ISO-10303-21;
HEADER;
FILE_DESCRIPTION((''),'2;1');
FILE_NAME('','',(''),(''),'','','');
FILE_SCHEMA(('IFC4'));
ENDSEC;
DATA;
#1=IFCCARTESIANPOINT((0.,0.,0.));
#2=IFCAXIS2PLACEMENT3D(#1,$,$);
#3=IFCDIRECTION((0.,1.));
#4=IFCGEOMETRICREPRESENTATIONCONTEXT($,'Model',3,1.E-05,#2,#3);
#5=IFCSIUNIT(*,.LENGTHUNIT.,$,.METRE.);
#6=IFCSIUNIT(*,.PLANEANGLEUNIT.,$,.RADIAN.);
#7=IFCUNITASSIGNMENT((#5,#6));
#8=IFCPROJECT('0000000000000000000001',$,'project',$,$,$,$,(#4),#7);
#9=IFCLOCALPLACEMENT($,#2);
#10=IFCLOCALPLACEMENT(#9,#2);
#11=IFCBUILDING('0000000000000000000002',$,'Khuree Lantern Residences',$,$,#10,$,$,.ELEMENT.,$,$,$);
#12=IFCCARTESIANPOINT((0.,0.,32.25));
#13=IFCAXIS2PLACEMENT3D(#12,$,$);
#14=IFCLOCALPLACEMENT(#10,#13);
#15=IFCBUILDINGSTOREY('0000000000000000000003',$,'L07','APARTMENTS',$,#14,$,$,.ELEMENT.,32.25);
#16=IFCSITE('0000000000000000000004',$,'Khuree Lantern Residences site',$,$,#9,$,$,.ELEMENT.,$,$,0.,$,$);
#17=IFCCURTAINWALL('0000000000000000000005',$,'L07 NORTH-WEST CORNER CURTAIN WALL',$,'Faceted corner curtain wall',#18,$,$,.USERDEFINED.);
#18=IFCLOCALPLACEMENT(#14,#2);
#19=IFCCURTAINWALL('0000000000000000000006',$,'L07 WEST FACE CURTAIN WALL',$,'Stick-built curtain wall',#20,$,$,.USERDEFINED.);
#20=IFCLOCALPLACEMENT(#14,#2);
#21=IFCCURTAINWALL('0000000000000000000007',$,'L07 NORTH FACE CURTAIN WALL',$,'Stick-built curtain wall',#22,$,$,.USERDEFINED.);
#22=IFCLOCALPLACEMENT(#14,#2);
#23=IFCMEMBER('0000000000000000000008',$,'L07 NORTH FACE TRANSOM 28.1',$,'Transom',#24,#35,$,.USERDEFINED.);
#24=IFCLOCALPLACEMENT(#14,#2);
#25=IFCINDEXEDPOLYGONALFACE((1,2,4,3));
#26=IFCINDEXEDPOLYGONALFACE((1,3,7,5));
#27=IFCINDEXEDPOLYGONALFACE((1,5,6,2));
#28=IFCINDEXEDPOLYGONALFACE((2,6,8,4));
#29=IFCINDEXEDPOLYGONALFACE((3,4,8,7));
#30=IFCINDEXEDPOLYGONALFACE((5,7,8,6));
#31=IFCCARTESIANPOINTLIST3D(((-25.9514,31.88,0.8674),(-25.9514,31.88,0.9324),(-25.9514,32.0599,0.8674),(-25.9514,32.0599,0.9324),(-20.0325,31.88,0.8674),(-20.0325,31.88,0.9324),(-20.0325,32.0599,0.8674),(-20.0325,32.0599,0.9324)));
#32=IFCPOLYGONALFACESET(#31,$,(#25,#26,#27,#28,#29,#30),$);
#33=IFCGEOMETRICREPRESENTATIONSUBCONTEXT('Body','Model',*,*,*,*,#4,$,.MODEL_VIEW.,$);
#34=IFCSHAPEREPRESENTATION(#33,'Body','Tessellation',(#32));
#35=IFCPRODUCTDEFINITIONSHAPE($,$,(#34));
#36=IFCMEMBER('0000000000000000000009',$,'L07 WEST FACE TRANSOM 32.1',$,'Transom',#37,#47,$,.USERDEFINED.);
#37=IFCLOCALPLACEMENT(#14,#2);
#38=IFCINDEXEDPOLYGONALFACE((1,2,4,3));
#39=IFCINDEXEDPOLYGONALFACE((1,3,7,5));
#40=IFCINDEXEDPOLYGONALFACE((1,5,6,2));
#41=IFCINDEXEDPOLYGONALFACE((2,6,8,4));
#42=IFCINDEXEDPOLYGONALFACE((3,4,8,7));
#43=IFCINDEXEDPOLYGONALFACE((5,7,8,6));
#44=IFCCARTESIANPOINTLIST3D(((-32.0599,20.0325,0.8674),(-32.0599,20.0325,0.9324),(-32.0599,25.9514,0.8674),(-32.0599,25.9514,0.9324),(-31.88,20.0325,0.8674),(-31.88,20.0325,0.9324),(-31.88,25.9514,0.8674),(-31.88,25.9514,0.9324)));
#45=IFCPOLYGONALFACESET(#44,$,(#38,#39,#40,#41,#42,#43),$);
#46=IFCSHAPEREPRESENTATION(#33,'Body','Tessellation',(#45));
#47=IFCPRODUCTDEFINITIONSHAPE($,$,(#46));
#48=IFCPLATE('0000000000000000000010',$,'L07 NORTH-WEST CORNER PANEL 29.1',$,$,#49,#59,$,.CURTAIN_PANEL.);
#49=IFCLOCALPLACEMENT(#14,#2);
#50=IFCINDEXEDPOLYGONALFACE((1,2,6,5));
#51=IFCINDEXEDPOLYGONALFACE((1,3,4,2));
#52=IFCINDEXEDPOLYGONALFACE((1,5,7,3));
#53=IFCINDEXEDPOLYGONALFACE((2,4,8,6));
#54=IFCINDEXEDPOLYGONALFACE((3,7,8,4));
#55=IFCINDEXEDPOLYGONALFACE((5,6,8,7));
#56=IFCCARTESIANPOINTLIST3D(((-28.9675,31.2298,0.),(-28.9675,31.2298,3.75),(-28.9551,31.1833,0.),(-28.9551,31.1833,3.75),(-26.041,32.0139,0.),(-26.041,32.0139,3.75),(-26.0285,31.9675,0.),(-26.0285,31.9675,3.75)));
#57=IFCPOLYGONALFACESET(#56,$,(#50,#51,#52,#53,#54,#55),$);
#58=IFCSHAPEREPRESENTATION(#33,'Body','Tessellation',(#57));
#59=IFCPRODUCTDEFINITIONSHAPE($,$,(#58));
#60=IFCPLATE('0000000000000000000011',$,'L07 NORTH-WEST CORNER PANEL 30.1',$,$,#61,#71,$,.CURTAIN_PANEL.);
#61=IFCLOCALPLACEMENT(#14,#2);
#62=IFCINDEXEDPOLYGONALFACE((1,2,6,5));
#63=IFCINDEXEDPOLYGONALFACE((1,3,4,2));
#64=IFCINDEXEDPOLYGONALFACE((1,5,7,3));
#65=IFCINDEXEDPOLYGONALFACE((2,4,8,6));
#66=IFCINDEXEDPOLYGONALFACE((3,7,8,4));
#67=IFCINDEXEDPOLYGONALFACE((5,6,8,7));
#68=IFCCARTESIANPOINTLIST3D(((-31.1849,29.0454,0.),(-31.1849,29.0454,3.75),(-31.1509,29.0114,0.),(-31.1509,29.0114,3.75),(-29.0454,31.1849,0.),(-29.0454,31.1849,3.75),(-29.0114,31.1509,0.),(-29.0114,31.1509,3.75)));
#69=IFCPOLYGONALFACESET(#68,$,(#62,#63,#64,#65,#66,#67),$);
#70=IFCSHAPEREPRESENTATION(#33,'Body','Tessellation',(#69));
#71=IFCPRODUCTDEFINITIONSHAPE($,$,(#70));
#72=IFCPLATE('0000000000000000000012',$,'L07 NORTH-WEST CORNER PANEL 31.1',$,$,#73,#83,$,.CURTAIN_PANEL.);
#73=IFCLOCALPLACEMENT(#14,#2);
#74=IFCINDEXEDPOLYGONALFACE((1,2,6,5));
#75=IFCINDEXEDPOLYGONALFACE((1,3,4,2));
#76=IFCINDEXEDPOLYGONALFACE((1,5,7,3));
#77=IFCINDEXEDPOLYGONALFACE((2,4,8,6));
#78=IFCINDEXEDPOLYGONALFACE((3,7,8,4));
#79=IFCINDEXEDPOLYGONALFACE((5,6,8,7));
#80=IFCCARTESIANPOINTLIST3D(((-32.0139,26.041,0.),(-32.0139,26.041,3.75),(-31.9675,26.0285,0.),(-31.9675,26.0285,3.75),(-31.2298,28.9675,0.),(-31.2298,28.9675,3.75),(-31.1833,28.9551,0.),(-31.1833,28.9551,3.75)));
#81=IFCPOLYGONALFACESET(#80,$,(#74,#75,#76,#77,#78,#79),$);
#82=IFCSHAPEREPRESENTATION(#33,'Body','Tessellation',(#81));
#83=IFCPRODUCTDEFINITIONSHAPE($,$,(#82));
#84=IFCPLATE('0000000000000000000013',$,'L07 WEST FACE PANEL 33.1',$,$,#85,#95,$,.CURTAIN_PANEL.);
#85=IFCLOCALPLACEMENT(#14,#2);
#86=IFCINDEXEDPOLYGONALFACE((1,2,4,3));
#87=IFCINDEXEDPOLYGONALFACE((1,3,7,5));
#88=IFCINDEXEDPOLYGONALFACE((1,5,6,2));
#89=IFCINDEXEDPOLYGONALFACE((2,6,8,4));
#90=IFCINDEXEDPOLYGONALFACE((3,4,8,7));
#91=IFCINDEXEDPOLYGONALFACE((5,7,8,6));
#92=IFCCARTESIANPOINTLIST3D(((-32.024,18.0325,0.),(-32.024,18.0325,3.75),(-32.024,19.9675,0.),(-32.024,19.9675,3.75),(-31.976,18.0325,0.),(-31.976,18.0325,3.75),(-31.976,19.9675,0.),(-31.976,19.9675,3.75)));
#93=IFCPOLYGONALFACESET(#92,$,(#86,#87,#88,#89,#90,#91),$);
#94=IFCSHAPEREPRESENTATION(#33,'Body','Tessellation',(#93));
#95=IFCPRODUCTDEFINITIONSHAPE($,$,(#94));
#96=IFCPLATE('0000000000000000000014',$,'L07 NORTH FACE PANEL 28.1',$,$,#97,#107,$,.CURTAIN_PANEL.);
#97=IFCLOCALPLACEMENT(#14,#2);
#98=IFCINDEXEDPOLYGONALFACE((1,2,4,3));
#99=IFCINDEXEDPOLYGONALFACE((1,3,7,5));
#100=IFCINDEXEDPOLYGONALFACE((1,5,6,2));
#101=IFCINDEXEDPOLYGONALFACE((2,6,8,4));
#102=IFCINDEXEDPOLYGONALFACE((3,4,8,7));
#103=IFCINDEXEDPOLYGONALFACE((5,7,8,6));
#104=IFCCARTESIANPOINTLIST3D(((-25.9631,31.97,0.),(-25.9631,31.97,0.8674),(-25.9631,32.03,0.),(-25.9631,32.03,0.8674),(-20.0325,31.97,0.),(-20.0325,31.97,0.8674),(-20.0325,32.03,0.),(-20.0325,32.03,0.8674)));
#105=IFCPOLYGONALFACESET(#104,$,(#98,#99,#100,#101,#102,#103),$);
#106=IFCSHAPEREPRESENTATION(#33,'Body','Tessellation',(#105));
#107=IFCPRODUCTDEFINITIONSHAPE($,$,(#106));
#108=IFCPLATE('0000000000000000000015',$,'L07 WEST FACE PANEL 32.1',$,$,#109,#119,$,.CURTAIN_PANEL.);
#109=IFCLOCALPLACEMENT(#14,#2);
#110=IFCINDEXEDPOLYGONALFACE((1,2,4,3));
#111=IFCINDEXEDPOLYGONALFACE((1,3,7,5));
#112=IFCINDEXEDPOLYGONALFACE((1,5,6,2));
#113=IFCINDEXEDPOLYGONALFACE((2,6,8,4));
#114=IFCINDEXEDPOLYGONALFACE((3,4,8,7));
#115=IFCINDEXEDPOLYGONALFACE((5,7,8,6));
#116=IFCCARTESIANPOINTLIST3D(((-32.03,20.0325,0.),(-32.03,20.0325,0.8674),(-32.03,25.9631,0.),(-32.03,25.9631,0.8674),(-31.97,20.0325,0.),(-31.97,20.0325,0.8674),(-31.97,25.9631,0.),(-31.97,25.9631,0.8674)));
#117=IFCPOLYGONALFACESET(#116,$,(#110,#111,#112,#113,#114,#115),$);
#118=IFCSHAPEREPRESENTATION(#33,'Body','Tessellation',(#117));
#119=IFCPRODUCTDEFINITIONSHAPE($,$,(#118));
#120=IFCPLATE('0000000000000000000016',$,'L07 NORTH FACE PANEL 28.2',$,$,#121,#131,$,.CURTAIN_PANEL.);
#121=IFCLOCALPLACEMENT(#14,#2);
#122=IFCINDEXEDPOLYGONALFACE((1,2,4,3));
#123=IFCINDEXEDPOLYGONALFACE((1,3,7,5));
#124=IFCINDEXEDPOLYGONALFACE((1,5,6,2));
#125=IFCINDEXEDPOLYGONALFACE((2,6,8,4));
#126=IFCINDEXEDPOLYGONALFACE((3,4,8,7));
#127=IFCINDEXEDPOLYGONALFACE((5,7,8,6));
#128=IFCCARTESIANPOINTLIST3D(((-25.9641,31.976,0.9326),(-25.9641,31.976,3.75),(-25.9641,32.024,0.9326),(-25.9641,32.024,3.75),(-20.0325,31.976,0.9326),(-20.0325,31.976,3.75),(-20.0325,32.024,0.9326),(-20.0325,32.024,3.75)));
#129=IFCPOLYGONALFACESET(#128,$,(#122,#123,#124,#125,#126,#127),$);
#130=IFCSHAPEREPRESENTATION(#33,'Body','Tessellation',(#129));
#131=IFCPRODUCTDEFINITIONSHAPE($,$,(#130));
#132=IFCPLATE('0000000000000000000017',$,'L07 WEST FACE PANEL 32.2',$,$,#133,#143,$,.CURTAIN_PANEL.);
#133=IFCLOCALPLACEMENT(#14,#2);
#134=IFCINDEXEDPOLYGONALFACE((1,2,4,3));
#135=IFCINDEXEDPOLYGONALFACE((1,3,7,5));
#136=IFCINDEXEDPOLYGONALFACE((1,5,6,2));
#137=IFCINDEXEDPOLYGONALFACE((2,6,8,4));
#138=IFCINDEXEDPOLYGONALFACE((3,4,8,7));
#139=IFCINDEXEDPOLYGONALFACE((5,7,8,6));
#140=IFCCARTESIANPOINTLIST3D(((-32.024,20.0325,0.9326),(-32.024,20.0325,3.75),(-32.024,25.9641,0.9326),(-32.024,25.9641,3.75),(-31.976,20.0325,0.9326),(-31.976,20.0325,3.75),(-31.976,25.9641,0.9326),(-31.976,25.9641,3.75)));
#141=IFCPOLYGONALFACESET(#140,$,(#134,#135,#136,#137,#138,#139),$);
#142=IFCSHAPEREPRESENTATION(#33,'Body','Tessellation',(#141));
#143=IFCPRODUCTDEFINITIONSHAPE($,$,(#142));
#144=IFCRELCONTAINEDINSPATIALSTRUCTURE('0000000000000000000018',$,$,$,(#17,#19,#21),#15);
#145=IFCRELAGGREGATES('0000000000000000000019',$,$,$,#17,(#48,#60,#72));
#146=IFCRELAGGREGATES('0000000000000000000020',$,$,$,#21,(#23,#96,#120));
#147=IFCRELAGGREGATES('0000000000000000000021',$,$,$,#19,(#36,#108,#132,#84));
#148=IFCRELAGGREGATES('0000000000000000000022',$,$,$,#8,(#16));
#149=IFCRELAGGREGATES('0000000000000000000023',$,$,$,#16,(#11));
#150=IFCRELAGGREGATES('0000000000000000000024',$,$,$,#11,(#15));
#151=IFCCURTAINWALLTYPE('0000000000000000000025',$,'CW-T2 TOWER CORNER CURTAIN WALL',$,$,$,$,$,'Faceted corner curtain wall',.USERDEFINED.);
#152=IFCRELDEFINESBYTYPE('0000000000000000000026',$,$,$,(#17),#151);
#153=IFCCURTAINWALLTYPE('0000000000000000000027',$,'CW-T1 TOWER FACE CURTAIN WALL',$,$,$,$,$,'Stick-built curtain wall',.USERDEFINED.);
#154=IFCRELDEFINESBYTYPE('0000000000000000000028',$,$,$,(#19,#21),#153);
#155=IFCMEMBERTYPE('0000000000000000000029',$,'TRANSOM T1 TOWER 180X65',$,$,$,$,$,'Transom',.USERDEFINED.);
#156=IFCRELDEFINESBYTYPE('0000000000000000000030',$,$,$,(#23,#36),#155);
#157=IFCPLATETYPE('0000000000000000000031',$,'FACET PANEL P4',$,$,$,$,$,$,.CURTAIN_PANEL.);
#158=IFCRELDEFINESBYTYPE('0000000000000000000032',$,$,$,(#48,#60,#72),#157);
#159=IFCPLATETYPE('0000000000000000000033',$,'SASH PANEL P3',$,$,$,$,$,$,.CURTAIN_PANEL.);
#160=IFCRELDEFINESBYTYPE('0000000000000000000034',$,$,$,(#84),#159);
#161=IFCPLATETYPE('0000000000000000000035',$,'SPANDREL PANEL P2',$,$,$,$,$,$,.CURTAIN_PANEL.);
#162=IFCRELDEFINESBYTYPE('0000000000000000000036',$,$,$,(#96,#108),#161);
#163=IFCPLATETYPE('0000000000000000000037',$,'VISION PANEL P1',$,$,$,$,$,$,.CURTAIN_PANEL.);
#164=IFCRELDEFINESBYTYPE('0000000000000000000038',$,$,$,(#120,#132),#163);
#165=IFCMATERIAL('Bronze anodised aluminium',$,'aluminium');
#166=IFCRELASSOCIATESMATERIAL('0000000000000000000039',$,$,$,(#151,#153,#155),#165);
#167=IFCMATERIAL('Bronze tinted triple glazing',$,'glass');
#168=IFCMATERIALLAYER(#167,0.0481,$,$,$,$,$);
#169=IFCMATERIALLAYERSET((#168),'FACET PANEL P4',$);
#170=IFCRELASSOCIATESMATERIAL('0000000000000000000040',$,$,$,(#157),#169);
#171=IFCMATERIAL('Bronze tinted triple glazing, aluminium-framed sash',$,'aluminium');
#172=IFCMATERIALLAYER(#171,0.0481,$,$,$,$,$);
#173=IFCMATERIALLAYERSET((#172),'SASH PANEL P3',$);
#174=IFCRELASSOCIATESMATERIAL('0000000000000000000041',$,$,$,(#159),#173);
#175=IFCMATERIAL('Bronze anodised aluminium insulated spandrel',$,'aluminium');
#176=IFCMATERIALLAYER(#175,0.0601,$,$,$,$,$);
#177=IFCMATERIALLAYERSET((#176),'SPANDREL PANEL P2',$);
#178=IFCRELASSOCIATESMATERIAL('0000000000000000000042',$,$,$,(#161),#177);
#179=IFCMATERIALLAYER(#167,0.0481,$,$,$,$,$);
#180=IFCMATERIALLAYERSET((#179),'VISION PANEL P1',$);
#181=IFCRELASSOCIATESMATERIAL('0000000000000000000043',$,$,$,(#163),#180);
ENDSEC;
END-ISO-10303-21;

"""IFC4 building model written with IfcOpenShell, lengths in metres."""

from ifc_helpers import new_model, si_unit, direction, frame, origin, origin_2d, place, context, subcontext, project, spatial, rectangle, extrude, material, layer, layer_set, material_profile, profile_set, type_object, element, aggregate, save


model = new_model("IFC4")

# Units and contexts
model_context = context("Model", 3, precision=1e-05, world=origin(), true_north=direction((0.0, 1.0)))
body_context = subcontext(model_context, "Body", "Model", "MODEL_VIEW")
ifc_project = project(units=[si_unit("LENGTHUNIT", "METRE"), si_unit("PLANEANGLEUNIT", "RADIAN")], contexts=[model_context])

# Site, building, storey
site_placement = place(None, origin())
site = spatial("IfcSite", under=ifc_project, at=site_placement, Name="Khuree Lantern Residences site", CompositionType="ELEMENT", RefElevation=0.0)
building_placement = place(site_placement, origin())
building = spatial("IfcBuilding", under=site, at=building_placement, Name="Khuree Lantern Residences", CompositionType="ELEMENT")
storey_placement = place(building_placement, frame((0.0, 0.0, 32.25)))
storey = spatial("IfcBuildingStorey", under=building, at=storey_placement, Name="L07", Description="APARTMENTS", CompositionType="ELEMENT", Elevation=32.25)

# Curtain walls
ifc_material_1 = material(Name="Bronze anodised aluminium", Category="aluminium")
curtain_wall_type_1 = type_object("IfcCurtainWallType", Name="CW-T2 TOWER CORNER CURTAIN WALL", ElementType="Faceted corner curtain wall", PredefinedType="USERDEFINED", material=ifc_material_1)
curtain_wall_1_placement = place(storey_placement, origin())
curtain_wall_1 = element("IfcCurtainWall", 1, at=curtain_wall_1_placement, inside=storey, type_object=curtain_wall_type_1, Name="L07 NORTH-WEST CORNER CURTAIN WALL", ObjectType="Faceted corner curtain wall", PredefinedType="USERDEFINED")
curtain_wall_type_2 = type_object("IfcCurtainWallType", Name="CW-T1 TOWER FACE CURTAIN WALL", ElementType="Stick-built curtain wall", PredefinedType="USERDEFINED", material=ifc_material_1)
curtain_wall_2_placement = place(storey_placement, origin())
curtain_wall_2 = element("IfcCurtainWall", 2, at=curtain_wall_2_placement, inside=storey, type_object=curtain_wall_type_2, Name="L07 WEST FACE CURTAIN WALL", ObjectType="Stick-built curtain wall", PredefinedType="USERDEFINED")

# Curtain wall, member
curtain_wall_3_placement = place(storey_placement, origin())
curtain_wall_3 = element("IfcCurtainWall", 3, at=curtain_wall_3_placement, inside=storey, type_object=curtain_wall_type_2, Name="L07 NORTH FACE CURTAIN WALL", ObjectType="Stick-built curtain wall", PredefinedType="USERDEFINED")
ifc_material_profile_1 = material_profile(ifc_material_1, rectangle(XDim=0.1799, YDim=0.0649, at=origin_2d()), Name="T1 180X65")
ifc_profile_set_1 = profile_set([ifc_material_profile_1], Name="Bronze anodised aluminium")
member_type_1 = type_object("IfcMemberType", Name="TRANSOM T1 TOWER 180X65", ElementType="Transom", PredefinedType="USERDEFINED", material=ifc_profile_set_1)
member_1_placement = place(storey_placement, frame((-20.0325, 31.97, 0.8999), z_axis=(-1.0, 0.0, 0.0), x_axis=(0.0, -1.0, 0.0)))
member_1 = element("IfcMember", 4, at=member_1_placement, type_object=member_type_1, Name="L07 NORTH FACE TRANSOM 28.1", ObjectType="Transom", PredefinedType="USERDEFINED", context=body_context, shape_type="SweptSolid", body=[
    extrude(rectangle(XDim=0.1799, YDim=0.0649, at=origin_2d()), origin(), (0.0, 0.0, 1.0), 5.9189),
])

# Member
member_2_placement = place(storey_placement, frame((-31.97, 25.9514, 0.8999), z_axis=(0.0, -1.0, 0.0), x_axis=(1.0, 0.0, 0.0)))
member_2 = element("IfcMember", 5, at=member_2_placement, type_object=member_type_1, Name="L07 WEST FACE TRANSOM 32.1", ObjectType="Transom", PredefinedType="USERDEFINED", context=body_context, shape_type="SweptSolid", body=[
    extrude(rectangle(XDim=0.1799, YDim=0.0649, at=origin_2d()), origin(), (0.0, 0.0, 1.0), 5.9189),
])

# Plates
ifc_material_2 = material(Name="Bronze tinted triple glazing", Category="glass")
ifc_layer_1 = layer(ifc_material_2, 0.0481)
ifc_layer_set_1 = layer_set([ifc_layer_1], Name="FACET PANEL P4")
plate_type_1 = type_object("IfcPlateType", Name="FACET PANEL P4", PredefinedType="CURTAIN_PANEL", material=ifc_layer_set_1)
plate_1_placement = place(storey_placement, frame((-27.498, 31.5986, 0.0), z_axis=(0.0, 0.0, 1.0), x_axis=(-0.965926, -0.258819, 0.0)))
plate_1 = element("IfcPlate", 6, at=plate_1_placement, type_object=plate_type_1, Name="L07 NORTH-WEST CORNER PANEL 29.1", PredefinedType="CURTAIN_PANEL", context=body_context, shape_type="SweptSolid", body=[
    extrude(rectangle(XDim=3.0298, YDim=0.0481, at=origin_2d()), origin(), (0.0, 0.0, 1.0), 3.75),
])
plate_2_placement = place(storey_placement, frame((-30.0981, 30.0981, 0.0), z_axis=(0.0, 0.0, 1.0), x_axis=(-0.707107, -0.707107, 0.0)))
plate_2 = element("IfcPlate", 7, at=plate_2_placement, type_object=plate_type_1, Name="L07 NORTH-WEST CORNER PANEL 30.1", PredefinedType="CURTAIN_PANEL", context=body_context, shape_type="SweptSolid", body=[
    extrude(rectangle(XDim=3.0256, YDim=0.0481, at=origin_2d()), origin(), (0.0, 0.0, 1.0), 3.75),
])
plate_3_placement = place(storey_placement, frame((-31.5986, 27.498, 0.0), z_axis=(0.0, 0.0, 1.0), x_axis=(-0.258819, -0.965926, 0.0)))
plate_3 = element("IfcPlate", 8, at=plate_3_placement, type_object=plate_type_1, Name="L07 NORTH-WEST CORNER PANEL 31.1", PredefinedType="CURTAIN_PANEL", context=body_context, shape_type="SweptSolid", body=[
    extrude(rectangle(XDim=3.0298, YDim=0.0481, at=origin_2d()), origin(), (0.0, 0.0, 1.0), 3.75),
])
aggregate(curtain_wall_1, [plate_1, plate_2, plate_3])
ifc_material_3 = material(Name="Bronze tinted triple glazing, aluminium-framed sash", Category="aluminium")
ifc_layer_2 = layer(ifc_material_3, 0.0481)
ifc_layer_set_2 = layer_set([ifc_layer_2], Name="SASH PANEL P3")
plate_type_2 = type_object("IfcPlateType", Name="SASH PANEL P3", PredefinedType="CURTAIN_PANEL", material=ifc_layer_set_2)
plate_4_placement = place(storey_placement, frame((-32.0, 19.0, 0.0), z_axis=(0.0, 0.0, 1.0), x_axis=(0.0, -1.0, 0.0)))
plate_4 = element("IfcPlate", 9, at=plate_4_placement, type_object=plate_type_2, Name="L07 WEST FACE PANEL 33.1", PredefinedType="CURTAIN_PANEL", context=body_context, shape_type="SweptSolid", body=[
    extrude(rectangle(XDim=1.9351, YDim=0.0481, at=origin_2d()), origin(), (0.0, 0.0, 1.0), 3.75),
])
ifc_material_4 = material(Name="Bronze anodised aluminium insulated spandrel", Category="aluminium")
ifc_layer_3 = layer(ifc_material_4, 0.0601)
ifc_layer_set_3 = layer_set([ifc_layer_3], Name="SPANDREL PANEL P2")
plate_type_3 = type_object("IfcPlateType", Name="SPANDREL PANEL P2", PredefinedType="CURTAIN_PANEL", material=ifc_layer_set_3)
plate_5_placement = place(storey_placement, frame((-22.9978, 32.0, 0.0), z_axis=(0.0, 0.0, 1.0), x_axis=(-1.0, 0.0, 0.0)))
plate_5 = element("IfcPlate", 10, at=plate_5_placement, type_object=plate_type_3, Name="L07 NORTH FACE PANEL 28.1", PredefinedType="CURTAIN_PANEL", context=body_context, shape_type="SweptSolid", body=[
    extrude(rectangle(XDim=5.9307, YDim=0.0601, at=origin_2d()), origin(), (0.0, 0.0, 1.0), 0.8674),
])
plate_6_placement = place(storey_placement, frame((-32.0, 22.9978, 0.0), z_axis=(0.0, 0.0, 1.0), x_axis=(0.0, -1.0, 0.0)))
plate_6 = element("IfcPlate", 11, at=plate_6_placement, type_object=plate_type_3, Name="L07 WEST FACE PANEL 32.1", PredefinedType="CURTAIN_PANEL", context=body_context, shape_type="SweptSolid", body=[
    extrude(rectangle(XDim=5.9307, YDim=0.0601, at=origin_2d()), origin(), (0.0, 0.0, 1.0), 0.8674),
])
ifc_layer_4 = layer(ifc_material_2, 0.0481)
ifc_layer_set_4 = layer_set([ifc_layer_4], Name="VISION PANEL P1")
plate_type_4 = type_object("IfcPlateType", Name="VISION PANEL P1", PredefinedType="CURTAIN_PANEL", material=ifc_layer_set_4)
plate_7_placement = place(storey_placement, frame((-22.9983, 32.0, 0.9326), z_axis=(0.0, 0.0, 1.0), x_axis=(-1.0, 0.0, 0.0)))
plate_7 = element("IfcPlate", 12, at=plate_7_placement, type_object=plate_type_4, Name="L07 NORTH FACE PANEL 28.2", PredefinedType="CURTAIN_PANEL", context=body_context, shape_type="SweptSolid", body=[
    extrude(rectangle(XDim=5.9316, YDim=0.0481, at=origin_2d()), origin(), (0.0, 0.0, 1.0), 2.8174),
])
aggregate(curtain_wall_3, [member_1, plate_5, plate_7])
plate_8_placement = place(storey_placement, frame((-32.0, 22.9983, 0.9326), z_axis=(0.0, 0.0, 1.0), x_axis=(0.0, -1.0, 0.0)))
plate_8 = element("IfcPlate", 13, at=plate_8_placement, type_object=plate_type_4, Name="L07 WEST FACE PANEL 32.2", PredefinedType="CURTAIN_PANEL", context=body_context, shape_type="SweptSolid", body=[
    extrude(rectangle(XDim=5.9316, YDim=0.0481, at=origin_2d()), origin(), (0.0, 0.0, 1.0), 2.8174),
])
aggregate(curtain_wall_2, [member_2, plate_6, plate_8, plate_4])

save(model, "model.ifc")
